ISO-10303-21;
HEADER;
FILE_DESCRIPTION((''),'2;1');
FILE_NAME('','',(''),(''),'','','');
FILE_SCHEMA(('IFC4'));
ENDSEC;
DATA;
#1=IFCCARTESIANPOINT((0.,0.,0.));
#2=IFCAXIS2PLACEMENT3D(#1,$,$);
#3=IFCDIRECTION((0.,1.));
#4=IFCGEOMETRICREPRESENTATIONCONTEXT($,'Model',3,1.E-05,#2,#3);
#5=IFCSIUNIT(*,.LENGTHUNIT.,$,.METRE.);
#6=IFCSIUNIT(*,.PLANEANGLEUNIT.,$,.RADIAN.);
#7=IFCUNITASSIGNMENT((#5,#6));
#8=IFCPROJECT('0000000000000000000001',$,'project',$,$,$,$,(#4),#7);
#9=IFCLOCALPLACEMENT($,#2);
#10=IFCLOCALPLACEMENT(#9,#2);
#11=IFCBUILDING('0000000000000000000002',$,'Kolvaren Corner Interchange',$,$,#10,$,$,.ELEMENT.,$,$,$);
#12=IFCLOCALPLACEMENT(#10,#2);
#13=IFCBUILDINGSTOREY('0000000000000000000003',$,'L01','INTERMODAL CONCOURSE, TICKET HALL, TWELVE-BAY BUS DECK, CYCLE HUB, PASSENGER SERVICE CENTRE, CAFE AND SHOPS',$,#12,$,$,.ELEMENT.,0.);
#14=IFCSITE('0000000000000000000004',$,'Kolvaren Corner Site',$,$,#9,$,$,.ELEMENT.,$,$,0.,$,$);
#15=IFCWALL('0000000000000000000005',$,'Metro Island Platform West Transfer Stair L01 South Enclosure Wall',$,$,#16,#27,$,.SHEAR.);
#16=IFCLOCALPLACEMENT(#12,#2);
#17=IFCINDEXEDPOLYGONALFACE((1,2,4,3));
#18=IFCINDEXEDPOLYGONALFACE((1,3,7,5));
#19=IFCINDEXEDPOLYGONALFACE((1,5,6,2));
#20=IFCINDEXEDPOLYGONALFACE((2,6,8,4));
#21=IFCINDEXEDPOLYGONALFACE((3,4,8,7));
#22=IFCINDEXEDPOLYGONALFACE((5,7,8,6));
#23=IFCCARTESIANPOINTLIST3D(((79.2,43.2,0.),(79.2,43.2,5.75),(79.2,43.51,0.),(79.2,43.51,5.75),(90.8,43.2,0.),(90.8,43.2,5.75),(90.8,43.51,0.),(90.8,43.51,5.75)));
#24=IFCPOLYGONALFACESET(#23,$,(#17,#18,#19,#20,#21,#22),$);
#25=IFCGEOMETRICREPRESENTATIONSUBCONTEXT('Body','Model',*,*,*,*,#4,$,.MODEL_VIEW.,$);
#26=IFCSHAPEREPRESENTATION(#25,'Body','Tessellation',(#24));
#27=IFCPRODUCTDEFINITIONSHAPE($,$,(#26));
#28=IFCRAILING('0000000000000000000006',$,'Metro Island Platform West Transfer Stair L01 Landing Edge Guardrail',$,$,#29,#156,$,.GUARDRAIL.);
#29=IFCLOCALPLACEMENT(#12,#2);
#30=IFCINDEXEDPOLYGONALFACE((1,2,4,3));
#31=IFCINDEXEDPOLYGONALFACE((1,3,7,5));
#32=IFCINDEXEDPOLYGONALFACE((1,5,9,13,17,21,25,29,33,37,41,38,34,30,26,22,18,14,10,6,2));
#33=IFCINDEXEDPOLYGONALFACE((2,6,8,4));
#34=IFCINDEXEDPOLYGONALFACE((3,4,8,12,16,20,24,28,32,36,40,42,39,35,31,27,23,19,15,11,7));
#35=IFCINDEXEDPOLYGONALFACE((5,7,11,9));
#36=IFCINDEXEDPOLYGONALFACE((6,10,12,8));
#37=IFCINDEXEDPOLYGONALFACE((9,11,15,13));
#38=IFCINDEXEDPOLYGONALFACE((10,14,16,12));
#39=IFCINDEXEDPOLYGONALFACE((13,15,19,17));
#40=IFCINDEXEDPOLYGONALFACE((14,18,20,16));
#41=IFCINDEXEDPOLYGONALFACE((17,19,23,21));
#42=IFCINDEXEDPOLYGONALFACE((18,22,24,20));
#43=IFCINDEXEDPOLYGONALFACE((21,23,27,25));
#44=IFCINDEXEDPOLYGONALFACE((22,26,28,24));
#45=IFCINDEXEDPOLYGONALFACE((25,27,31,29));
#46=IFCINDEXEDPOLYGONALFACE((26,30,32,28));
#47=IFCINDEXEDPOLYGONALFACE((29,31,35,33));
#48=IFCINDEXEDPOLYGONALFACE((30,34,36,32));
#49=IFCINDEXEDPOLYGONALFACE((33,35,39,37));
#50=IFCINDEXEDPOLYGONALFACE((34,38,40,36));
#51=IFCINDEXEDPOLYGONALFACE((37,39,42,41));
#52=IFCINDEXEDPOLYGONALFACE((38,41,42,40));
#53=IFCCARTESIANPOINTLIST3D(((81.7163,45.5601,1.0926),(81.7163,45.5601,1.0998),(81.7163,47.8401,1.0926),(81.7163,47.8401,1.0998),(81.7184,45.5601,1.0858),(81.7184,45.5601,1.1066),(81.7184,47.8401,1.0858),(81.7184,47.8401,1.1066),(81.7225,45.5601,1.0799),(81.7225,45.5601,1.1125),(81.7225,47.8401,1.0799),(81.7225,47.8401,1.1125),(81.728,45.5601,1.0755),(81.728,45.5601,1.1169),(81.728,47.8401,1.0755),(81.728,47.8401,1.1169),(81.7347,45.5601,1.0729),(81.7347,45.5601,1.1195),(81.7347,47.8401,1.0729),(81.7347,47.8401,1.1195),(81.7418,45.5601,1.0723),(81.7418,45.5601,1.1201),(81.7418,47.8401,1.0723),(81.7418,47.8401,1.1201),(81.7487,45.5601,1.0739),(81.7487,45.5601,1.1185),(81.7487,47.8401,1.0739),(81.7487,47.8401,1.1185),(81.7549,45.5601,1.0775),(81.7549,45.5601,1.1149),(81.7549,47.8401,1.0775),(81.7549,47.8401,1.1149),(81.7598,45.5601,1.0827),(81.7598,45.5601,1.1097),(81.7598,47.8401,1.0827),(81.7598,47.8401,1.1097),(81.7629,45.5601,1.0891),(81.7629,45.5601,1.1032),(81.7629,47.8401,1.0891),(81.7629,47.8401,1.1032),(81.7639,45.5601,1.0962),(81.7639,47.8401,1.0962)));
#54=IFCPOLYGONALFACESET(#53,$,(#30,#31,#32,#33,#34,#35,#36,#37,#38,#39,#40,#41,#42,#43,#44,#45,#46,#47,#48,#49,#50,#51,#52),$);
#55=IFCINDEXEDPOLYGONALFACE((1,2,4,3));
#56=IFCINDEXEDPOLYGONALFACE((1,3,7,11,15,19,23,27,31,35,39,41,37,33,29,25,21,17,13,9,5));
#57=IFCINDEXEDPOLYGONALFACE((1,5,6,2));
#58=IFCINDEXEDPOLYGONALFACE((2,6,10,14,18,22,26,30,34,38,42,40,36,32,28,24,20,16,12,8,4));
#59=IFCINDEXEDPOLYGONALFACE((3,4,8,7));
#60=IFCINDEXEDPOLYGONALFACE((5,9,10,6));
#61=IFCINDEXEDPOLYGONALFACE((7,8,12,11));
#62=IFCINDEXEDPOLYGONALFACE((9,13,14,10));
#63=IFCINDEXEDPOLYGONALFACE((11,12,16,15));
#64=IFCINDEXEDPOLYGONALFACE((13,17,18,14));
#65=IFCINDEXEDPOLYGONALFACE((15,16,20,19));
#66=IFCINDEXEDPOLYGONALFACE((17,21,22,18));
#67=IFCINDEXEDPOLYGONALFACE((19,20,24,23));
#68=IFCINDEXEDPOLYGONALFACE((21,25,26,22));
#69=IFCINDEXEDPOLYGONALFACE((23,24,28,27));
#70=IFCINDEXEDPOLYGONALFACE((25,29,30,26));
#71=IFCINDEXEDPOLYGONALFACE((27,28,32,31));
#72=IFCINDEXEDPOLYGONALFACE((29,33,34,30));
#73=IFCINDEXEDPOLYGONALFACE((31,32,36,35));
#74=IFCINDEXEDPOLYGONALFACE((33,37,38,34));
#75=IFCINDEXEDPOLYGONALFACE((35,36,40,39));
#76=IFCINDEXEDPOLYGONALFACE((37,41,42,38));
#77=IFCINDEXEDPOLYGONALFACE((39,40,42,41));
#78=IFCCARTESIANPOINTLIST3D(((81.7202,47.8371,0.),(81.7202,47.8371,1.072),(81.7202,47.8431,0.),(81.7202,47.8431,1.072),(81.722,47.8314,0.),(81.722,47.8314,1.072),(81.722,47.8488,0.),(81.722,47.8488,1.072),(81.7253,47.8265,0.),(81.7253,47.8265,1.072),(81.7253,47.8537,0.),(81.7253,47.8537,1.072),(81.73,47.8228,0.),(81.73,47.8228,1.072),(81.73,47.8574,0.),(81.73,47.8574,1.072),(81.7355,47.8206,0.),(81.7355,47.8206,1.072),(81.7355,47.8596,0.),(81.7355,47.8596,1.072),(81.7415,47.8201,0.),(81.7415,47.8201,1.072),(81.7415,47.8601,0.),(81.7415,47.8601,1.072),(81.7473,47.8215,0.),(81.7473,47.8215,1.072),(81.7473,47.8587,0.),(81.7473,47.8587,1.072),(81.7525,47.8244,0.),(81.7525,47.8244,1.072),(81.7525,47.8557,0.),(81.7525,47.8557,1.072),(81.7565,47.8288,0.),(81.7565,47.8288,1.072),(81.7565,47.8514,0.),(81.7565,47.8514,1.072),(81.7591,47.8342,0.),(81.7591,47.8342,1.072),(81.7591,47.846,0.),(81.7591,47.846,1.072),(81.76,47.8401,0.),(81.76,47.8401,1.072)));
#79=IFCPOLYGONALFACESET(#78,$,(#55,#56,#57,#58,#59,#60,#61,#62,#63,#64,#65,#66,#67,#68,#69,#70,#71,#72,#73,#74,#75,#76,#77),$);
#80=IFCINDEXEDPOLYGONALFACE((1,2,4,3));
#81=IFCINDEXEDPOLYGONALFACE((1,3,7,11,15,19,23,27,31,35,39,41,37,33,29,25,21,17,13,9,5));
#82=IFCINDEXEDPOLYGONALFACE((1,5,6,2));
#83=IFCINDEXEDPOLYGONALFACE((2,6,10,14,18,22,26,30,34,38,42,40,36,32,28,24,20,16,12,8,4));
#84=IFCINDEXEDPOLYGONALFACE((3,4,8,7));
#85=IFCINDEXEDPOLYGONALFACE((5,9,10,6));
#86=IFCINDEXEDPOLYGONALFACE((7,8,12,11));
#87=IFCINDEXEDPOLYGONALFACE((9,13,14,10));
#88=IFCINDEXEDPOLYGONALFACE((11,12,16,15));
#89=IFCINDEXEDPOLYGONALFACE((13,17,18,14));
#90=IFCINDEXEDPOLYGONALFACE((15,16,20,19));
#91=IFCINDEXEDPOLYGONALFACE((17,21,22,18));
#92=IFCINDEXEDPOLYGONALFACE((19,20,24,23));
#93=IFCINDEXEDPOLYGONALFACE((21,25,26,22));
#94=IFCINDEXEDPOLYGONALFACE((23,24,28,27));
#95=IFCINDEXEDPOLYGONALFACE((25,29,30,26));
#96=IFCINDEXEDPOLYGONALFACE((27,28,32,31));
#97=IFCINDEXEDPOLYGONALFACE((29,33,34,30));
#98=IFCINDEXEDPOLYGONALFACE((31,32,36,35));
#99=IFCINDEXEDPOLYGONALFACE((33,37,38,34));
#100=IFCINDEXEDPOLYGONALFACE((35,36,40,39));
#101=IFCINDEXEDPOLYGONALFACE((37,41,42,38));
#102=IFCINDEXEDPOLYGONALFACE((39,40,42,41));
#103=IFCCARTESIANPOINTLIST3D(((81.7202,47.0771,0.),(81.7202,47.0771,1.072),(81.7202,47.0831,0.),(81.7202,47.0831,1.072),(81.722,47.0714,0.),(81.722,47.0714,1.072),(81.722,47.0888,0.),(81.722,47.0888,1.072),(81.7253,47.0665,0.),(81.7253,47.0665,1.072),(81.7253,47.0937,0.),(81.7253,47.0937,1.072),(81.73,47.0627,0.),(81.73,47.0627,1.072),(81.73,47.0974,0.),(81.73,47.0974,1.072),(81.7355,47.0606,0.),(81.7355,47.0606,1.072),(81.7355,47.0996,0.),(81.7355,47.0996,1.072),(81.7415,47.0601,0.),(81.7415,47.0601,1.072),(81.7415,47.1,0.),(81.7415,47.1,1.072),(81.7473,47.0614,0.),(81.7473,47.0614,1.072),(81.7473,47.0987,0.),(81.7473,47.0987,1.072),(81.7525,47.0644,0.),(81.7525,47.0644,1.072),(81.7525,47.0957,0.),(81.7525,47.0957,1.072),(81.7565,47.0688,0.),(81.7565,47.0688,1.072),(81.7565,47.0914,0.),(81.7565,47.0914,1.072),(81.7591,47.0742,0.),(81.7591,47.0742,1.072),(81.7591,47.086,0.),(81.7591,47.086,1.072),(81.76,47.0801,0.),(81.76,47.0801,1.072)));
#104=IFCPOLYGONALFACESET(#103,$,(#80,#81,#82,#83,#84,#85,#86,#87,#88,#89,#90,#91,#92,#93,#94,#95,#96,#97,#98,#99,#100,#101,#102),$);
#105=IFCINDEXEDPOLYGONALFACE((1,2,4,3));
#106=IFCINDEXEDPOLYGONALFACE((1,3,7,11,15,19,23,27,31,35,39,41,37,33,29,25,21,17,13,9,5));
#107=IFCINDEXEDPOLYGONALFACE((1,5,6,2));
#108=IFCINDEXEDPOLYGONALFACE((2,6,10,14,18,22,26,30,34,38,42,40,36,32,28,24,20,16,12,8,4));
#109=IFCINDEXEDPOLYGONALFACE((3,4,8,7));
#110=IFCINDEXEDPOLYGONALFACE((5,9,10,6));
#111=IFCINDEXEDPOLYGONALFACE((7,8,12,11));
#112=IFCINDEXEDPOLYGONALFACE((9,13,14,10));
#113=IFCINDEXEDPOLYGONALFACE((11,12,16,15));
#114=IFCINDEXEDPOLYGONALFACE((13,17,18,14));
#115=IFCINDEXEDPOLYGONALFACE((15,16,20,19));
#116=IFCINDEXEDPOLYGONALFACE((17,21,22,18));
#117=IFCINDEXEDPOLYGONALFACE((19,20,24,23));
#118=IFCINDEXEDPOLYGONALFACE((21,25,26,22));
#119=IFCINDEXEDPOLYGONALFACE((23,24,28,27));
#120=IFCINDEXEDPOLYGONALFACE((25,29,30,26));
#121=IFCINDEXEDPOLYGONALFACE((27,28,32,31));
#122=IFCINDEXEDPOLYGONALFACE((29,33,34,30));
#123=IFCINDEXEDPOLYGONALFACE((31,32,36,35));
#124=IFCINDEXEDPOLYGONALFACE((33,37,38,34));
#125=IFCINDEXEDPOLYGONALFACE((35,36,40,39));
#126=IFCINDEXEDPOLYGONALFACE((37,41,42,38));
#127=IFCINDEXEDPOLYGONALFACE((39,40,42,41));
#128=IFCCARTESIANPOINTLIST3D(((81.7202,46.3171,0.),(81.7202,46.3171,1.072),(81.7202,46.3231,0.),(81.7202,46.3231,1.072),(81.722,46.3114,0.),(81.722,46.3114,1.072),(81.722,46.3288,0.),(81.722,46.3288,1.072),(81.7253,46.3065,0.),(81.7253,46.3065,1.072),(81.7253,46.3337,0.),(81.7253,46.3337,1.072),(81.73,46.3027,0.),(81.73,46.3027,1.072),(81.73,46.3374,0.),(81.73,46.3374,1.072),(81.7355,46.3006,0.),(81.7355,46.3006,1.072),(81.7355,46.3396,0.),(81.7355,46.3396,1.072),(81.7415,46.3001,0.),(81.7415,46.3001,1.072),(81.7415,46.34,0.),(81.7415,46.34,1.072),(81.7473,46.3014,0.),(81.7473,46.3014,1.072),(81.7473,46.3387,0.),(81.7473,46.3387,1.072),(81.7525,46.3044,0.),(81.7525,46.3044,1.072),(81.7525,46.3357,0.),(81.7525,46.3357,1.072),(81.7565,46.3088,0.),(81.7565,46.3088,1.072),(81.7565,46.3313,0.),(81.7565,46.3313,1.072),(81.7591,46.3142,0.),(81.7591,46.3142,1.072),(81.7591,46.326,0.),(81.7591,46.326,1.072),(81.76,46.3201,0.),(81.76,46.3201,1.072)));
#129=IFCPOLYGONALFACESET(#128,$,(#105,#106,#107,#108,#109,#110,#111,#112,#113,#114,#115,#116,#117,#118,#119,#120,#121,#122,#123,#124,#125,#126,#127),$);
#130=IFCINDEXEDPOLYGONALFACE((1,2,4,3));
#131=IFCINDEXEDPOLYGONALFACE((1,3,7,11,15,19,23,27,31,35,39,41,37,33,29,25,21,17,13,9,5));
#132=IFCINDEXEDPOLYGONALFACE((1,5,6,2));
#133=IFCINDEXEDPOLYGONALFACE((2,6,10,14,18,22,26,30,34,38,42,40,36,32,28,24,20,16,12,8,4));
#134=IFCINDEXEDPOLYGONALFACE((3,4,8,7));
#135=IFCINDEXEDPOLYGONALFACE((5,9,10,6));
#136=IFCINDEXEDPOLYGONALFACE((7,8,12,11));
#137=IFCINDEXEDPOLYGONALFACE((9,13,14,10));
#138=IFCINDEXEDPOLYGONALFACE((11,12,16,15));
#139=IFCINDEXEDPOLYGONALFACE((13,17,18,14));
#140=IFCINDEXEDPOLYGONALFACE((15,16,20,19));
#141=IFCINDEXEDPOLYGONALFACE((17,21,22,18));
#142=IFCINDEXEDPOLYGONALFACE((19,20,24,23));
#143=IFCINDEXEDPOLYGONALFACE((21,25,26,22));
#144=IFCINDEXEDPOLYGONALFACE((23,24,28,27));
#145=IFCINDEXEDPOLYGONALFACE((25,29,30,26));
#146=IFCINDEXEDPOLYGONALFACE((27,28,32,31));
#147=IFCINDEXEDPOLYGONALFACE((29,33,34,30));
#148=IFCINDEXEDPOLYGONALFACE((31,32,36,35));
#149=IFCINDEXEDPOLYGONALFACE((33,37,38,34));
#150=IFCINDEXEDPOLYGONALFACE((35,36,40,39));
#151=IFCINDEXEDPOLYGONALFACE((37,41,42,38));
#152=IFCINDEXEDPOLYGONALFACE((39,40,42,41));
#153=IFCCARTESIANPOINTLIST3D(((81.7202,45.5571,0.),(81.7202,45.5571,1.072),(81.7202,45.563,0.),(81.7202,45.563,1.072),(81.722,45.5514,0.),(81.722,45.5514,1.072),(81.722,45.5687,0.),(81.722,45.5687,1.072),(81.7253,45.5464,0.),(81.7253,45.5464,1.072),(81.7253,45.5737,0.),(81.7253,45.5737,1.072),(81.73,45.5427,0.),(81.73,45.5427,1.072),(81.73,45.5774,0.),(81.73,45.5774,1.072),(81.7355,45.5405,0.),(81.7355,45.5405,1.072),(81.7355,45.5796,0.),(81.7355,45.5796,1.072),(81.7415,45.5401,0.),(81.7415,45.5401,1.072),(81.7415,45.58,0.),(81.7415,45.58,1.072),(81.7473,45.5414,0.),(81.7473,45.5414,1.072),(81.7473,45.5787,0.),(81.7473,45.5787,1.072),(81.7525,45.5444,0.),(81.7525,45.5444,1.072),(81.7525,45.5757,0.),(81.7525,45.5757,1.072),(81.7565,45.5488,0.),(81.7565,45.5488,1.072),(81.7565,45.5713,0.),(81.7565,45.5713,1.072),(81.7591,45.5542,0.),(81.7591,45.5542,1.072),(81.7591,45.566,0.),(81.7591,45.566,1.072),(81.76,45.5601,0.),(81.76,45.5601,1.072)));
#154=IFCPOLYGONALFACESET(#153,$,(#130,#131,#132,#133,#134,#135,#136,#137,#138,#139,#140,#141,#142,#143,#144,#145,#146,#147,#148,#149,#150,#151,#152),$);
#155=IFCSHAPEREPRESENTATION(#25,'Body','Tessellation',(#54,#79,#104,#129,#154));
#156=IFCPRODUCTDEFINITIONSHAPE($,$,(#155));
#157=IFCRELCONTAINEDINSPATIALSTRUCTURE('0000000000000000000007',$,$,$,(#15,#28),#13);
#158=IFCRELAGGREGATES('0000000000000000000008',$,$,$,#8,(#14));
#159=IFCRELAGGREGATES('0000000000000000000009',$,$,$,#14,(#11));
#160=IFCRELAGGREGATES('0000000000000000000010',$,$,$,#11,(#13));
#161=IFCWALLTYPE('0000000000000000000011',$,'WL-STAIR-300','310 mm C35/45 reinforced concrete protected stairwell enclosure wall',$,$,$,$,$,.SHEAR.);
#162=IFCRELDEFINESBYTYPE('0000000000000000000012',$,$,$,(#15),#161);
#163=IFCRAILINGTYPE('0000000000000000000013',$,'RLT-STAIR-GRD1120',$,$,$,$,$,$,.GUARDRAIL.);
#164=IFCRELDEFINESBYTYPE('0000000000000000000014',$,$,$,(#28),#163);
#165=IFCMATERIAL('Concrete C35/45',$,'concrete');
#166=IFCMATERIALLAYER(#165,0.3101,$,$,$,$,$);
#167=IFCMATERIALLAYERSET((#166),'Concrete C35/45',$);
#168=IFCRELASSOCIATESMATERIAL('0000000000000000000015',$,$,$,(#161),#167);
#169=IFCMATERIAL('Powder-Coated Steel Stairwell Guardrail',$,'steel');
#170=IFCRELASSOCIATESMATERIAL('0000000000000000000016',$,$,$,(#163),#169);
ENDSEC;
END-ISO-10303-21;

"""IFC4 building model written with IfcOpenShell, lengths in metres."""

from ifc_helpers import new_model, si_unit, direction, frame, frame_2d, origin, origin_2d, place, context, subcontext, project, spatial, rectangle, circle, extrude, material, layer, layer_set, type_object, element, save


model = new_model("IFC4")

# Units and contexts
model_context = context("Model", 3, precision=1e-05, world=origin(), true_north=direction((0.0, 1.0)))
body_context = subcontext(model_context, "Body", "Model", "MODEL_VIEW")
ifc_project = project(units=[si_unit("LENGTHUNIT", "METRE"), si_unit("PLANEANGLEUNIT", "RADIAN")], contexts=[model_context])

# Site, building, storey
site_placement = place(None, origin())
site = spatial("IfcSite", under=ifc_project, at=site_placement, Name="Kolvaren Corner Site", CompositionType="ELEMENT", RefElevation=0.0)
building_placement = place(site_placement, origin())
building = spatial("IfcBuilding", under=site, at=building_placement, Name="Kolvaren Corner Interchange", CompositionType="ELEMENT")
storey_placement = place(building_placement, origin())
storey = spatial("IfcBuildingStorey", under=building, at=storey_placement, Name="L01", Description="INTERMODAL CONCOURSE, TICKET HALL, TWELVE-BAY BUS DECK, CYCLE HUB, PASSENGER SERVICE CENTRE, CAFE AND SHOPS", CompositionType="ELEMENT", Elevation=0.0)

# Wall
ifc_material_1 = material(Name="Concrete C35/45", Category="concrete")
ifc_layer = layer(ifc_material_1, 0.3101)
ifc_layer_set = layer_set([ifc_layer], Name="Concrete C35/45")
wall_type = type_object("IfcWallType", Name="WL-STAIR-300", Description="310 mm C35/45 reinforced concrete protected stairwell enclosure wall", PredefinedType="SHEAR", material=ifc_layer_set)
wall_1_placement = place(storey_placement, frame((79.2, 43.355, 0.0), z_axis=(0.0, 0.0, 1.0), x_axis=(1.0, 0.0, 0.0)))
element("IfcWall", 1, at=wall_1_placement, inside=storey, type_object=wall_type, Name="Metro Island Platform West Transfer Stair L01 South Enclosure Wall", PredefinedType="SHEAR", context=body_context, shape_type="SweptSolid", body=[
    extrude(rectangle(XDim=11.6001, YDim=0.3101, at=frame_2d((5.8, 0.0))), origin(), (0.0, 0.0, 1.0), 5.75),
])

# Railing
ifc_material_2 = material(Name="Powder-Coated Steel Stairwell Guardrail", Category="steel")
railing_type = type_object("IfcRailingType", Name="RLT-STAIR-GRD1120", PredefinedType="GUARDRAIL", material=ifc_material_2)
railing_placement = place(storey_placement, frame((81.74, 47.8401, 0.0)))
element("IfcRailing", 2, at=railing_placement, inside=storey, type_object=railing_type, Name="Metro Island Platform West Transfer Stair L01 Landing Edge Guardrail", PredefinedType="GUARDRAIL", context=body_context, shape_type="SweptSolid", body=[
    extrude(circle(Radius=0.0239, at=origin_2d()), frame((0.0, 0.0, 1.0962), z_axis=(0.0, -1.0, 0.0), x_axis=(1.0, 0.0, 0.0)), (0.0, 0.0, 1.0), 2.28),
    extrude(circle(Radius=0.02, at=origin_2d()), origin(), (0.0, 0.0, 1.0), 1.072),
    extrude(circle(Radius=0.02, at=origin_2d()), frame((0.0, -0.76, 0.0)), (0.0, 0.0, 1.0), 1.072),
    extrude(circle(Radius=0.02, at=origin_2d()), frame((0.0, -1.52, 0.0)), (0.0, 0.0, 1.0), 1.072),
    extrude(circle(Radius=0.02, at=origin_2d()), frame((0.0, -2.28, 0.0)), (0.0, 0.0, 1.0), 1.072),
])

save(model, "model.ifc")
